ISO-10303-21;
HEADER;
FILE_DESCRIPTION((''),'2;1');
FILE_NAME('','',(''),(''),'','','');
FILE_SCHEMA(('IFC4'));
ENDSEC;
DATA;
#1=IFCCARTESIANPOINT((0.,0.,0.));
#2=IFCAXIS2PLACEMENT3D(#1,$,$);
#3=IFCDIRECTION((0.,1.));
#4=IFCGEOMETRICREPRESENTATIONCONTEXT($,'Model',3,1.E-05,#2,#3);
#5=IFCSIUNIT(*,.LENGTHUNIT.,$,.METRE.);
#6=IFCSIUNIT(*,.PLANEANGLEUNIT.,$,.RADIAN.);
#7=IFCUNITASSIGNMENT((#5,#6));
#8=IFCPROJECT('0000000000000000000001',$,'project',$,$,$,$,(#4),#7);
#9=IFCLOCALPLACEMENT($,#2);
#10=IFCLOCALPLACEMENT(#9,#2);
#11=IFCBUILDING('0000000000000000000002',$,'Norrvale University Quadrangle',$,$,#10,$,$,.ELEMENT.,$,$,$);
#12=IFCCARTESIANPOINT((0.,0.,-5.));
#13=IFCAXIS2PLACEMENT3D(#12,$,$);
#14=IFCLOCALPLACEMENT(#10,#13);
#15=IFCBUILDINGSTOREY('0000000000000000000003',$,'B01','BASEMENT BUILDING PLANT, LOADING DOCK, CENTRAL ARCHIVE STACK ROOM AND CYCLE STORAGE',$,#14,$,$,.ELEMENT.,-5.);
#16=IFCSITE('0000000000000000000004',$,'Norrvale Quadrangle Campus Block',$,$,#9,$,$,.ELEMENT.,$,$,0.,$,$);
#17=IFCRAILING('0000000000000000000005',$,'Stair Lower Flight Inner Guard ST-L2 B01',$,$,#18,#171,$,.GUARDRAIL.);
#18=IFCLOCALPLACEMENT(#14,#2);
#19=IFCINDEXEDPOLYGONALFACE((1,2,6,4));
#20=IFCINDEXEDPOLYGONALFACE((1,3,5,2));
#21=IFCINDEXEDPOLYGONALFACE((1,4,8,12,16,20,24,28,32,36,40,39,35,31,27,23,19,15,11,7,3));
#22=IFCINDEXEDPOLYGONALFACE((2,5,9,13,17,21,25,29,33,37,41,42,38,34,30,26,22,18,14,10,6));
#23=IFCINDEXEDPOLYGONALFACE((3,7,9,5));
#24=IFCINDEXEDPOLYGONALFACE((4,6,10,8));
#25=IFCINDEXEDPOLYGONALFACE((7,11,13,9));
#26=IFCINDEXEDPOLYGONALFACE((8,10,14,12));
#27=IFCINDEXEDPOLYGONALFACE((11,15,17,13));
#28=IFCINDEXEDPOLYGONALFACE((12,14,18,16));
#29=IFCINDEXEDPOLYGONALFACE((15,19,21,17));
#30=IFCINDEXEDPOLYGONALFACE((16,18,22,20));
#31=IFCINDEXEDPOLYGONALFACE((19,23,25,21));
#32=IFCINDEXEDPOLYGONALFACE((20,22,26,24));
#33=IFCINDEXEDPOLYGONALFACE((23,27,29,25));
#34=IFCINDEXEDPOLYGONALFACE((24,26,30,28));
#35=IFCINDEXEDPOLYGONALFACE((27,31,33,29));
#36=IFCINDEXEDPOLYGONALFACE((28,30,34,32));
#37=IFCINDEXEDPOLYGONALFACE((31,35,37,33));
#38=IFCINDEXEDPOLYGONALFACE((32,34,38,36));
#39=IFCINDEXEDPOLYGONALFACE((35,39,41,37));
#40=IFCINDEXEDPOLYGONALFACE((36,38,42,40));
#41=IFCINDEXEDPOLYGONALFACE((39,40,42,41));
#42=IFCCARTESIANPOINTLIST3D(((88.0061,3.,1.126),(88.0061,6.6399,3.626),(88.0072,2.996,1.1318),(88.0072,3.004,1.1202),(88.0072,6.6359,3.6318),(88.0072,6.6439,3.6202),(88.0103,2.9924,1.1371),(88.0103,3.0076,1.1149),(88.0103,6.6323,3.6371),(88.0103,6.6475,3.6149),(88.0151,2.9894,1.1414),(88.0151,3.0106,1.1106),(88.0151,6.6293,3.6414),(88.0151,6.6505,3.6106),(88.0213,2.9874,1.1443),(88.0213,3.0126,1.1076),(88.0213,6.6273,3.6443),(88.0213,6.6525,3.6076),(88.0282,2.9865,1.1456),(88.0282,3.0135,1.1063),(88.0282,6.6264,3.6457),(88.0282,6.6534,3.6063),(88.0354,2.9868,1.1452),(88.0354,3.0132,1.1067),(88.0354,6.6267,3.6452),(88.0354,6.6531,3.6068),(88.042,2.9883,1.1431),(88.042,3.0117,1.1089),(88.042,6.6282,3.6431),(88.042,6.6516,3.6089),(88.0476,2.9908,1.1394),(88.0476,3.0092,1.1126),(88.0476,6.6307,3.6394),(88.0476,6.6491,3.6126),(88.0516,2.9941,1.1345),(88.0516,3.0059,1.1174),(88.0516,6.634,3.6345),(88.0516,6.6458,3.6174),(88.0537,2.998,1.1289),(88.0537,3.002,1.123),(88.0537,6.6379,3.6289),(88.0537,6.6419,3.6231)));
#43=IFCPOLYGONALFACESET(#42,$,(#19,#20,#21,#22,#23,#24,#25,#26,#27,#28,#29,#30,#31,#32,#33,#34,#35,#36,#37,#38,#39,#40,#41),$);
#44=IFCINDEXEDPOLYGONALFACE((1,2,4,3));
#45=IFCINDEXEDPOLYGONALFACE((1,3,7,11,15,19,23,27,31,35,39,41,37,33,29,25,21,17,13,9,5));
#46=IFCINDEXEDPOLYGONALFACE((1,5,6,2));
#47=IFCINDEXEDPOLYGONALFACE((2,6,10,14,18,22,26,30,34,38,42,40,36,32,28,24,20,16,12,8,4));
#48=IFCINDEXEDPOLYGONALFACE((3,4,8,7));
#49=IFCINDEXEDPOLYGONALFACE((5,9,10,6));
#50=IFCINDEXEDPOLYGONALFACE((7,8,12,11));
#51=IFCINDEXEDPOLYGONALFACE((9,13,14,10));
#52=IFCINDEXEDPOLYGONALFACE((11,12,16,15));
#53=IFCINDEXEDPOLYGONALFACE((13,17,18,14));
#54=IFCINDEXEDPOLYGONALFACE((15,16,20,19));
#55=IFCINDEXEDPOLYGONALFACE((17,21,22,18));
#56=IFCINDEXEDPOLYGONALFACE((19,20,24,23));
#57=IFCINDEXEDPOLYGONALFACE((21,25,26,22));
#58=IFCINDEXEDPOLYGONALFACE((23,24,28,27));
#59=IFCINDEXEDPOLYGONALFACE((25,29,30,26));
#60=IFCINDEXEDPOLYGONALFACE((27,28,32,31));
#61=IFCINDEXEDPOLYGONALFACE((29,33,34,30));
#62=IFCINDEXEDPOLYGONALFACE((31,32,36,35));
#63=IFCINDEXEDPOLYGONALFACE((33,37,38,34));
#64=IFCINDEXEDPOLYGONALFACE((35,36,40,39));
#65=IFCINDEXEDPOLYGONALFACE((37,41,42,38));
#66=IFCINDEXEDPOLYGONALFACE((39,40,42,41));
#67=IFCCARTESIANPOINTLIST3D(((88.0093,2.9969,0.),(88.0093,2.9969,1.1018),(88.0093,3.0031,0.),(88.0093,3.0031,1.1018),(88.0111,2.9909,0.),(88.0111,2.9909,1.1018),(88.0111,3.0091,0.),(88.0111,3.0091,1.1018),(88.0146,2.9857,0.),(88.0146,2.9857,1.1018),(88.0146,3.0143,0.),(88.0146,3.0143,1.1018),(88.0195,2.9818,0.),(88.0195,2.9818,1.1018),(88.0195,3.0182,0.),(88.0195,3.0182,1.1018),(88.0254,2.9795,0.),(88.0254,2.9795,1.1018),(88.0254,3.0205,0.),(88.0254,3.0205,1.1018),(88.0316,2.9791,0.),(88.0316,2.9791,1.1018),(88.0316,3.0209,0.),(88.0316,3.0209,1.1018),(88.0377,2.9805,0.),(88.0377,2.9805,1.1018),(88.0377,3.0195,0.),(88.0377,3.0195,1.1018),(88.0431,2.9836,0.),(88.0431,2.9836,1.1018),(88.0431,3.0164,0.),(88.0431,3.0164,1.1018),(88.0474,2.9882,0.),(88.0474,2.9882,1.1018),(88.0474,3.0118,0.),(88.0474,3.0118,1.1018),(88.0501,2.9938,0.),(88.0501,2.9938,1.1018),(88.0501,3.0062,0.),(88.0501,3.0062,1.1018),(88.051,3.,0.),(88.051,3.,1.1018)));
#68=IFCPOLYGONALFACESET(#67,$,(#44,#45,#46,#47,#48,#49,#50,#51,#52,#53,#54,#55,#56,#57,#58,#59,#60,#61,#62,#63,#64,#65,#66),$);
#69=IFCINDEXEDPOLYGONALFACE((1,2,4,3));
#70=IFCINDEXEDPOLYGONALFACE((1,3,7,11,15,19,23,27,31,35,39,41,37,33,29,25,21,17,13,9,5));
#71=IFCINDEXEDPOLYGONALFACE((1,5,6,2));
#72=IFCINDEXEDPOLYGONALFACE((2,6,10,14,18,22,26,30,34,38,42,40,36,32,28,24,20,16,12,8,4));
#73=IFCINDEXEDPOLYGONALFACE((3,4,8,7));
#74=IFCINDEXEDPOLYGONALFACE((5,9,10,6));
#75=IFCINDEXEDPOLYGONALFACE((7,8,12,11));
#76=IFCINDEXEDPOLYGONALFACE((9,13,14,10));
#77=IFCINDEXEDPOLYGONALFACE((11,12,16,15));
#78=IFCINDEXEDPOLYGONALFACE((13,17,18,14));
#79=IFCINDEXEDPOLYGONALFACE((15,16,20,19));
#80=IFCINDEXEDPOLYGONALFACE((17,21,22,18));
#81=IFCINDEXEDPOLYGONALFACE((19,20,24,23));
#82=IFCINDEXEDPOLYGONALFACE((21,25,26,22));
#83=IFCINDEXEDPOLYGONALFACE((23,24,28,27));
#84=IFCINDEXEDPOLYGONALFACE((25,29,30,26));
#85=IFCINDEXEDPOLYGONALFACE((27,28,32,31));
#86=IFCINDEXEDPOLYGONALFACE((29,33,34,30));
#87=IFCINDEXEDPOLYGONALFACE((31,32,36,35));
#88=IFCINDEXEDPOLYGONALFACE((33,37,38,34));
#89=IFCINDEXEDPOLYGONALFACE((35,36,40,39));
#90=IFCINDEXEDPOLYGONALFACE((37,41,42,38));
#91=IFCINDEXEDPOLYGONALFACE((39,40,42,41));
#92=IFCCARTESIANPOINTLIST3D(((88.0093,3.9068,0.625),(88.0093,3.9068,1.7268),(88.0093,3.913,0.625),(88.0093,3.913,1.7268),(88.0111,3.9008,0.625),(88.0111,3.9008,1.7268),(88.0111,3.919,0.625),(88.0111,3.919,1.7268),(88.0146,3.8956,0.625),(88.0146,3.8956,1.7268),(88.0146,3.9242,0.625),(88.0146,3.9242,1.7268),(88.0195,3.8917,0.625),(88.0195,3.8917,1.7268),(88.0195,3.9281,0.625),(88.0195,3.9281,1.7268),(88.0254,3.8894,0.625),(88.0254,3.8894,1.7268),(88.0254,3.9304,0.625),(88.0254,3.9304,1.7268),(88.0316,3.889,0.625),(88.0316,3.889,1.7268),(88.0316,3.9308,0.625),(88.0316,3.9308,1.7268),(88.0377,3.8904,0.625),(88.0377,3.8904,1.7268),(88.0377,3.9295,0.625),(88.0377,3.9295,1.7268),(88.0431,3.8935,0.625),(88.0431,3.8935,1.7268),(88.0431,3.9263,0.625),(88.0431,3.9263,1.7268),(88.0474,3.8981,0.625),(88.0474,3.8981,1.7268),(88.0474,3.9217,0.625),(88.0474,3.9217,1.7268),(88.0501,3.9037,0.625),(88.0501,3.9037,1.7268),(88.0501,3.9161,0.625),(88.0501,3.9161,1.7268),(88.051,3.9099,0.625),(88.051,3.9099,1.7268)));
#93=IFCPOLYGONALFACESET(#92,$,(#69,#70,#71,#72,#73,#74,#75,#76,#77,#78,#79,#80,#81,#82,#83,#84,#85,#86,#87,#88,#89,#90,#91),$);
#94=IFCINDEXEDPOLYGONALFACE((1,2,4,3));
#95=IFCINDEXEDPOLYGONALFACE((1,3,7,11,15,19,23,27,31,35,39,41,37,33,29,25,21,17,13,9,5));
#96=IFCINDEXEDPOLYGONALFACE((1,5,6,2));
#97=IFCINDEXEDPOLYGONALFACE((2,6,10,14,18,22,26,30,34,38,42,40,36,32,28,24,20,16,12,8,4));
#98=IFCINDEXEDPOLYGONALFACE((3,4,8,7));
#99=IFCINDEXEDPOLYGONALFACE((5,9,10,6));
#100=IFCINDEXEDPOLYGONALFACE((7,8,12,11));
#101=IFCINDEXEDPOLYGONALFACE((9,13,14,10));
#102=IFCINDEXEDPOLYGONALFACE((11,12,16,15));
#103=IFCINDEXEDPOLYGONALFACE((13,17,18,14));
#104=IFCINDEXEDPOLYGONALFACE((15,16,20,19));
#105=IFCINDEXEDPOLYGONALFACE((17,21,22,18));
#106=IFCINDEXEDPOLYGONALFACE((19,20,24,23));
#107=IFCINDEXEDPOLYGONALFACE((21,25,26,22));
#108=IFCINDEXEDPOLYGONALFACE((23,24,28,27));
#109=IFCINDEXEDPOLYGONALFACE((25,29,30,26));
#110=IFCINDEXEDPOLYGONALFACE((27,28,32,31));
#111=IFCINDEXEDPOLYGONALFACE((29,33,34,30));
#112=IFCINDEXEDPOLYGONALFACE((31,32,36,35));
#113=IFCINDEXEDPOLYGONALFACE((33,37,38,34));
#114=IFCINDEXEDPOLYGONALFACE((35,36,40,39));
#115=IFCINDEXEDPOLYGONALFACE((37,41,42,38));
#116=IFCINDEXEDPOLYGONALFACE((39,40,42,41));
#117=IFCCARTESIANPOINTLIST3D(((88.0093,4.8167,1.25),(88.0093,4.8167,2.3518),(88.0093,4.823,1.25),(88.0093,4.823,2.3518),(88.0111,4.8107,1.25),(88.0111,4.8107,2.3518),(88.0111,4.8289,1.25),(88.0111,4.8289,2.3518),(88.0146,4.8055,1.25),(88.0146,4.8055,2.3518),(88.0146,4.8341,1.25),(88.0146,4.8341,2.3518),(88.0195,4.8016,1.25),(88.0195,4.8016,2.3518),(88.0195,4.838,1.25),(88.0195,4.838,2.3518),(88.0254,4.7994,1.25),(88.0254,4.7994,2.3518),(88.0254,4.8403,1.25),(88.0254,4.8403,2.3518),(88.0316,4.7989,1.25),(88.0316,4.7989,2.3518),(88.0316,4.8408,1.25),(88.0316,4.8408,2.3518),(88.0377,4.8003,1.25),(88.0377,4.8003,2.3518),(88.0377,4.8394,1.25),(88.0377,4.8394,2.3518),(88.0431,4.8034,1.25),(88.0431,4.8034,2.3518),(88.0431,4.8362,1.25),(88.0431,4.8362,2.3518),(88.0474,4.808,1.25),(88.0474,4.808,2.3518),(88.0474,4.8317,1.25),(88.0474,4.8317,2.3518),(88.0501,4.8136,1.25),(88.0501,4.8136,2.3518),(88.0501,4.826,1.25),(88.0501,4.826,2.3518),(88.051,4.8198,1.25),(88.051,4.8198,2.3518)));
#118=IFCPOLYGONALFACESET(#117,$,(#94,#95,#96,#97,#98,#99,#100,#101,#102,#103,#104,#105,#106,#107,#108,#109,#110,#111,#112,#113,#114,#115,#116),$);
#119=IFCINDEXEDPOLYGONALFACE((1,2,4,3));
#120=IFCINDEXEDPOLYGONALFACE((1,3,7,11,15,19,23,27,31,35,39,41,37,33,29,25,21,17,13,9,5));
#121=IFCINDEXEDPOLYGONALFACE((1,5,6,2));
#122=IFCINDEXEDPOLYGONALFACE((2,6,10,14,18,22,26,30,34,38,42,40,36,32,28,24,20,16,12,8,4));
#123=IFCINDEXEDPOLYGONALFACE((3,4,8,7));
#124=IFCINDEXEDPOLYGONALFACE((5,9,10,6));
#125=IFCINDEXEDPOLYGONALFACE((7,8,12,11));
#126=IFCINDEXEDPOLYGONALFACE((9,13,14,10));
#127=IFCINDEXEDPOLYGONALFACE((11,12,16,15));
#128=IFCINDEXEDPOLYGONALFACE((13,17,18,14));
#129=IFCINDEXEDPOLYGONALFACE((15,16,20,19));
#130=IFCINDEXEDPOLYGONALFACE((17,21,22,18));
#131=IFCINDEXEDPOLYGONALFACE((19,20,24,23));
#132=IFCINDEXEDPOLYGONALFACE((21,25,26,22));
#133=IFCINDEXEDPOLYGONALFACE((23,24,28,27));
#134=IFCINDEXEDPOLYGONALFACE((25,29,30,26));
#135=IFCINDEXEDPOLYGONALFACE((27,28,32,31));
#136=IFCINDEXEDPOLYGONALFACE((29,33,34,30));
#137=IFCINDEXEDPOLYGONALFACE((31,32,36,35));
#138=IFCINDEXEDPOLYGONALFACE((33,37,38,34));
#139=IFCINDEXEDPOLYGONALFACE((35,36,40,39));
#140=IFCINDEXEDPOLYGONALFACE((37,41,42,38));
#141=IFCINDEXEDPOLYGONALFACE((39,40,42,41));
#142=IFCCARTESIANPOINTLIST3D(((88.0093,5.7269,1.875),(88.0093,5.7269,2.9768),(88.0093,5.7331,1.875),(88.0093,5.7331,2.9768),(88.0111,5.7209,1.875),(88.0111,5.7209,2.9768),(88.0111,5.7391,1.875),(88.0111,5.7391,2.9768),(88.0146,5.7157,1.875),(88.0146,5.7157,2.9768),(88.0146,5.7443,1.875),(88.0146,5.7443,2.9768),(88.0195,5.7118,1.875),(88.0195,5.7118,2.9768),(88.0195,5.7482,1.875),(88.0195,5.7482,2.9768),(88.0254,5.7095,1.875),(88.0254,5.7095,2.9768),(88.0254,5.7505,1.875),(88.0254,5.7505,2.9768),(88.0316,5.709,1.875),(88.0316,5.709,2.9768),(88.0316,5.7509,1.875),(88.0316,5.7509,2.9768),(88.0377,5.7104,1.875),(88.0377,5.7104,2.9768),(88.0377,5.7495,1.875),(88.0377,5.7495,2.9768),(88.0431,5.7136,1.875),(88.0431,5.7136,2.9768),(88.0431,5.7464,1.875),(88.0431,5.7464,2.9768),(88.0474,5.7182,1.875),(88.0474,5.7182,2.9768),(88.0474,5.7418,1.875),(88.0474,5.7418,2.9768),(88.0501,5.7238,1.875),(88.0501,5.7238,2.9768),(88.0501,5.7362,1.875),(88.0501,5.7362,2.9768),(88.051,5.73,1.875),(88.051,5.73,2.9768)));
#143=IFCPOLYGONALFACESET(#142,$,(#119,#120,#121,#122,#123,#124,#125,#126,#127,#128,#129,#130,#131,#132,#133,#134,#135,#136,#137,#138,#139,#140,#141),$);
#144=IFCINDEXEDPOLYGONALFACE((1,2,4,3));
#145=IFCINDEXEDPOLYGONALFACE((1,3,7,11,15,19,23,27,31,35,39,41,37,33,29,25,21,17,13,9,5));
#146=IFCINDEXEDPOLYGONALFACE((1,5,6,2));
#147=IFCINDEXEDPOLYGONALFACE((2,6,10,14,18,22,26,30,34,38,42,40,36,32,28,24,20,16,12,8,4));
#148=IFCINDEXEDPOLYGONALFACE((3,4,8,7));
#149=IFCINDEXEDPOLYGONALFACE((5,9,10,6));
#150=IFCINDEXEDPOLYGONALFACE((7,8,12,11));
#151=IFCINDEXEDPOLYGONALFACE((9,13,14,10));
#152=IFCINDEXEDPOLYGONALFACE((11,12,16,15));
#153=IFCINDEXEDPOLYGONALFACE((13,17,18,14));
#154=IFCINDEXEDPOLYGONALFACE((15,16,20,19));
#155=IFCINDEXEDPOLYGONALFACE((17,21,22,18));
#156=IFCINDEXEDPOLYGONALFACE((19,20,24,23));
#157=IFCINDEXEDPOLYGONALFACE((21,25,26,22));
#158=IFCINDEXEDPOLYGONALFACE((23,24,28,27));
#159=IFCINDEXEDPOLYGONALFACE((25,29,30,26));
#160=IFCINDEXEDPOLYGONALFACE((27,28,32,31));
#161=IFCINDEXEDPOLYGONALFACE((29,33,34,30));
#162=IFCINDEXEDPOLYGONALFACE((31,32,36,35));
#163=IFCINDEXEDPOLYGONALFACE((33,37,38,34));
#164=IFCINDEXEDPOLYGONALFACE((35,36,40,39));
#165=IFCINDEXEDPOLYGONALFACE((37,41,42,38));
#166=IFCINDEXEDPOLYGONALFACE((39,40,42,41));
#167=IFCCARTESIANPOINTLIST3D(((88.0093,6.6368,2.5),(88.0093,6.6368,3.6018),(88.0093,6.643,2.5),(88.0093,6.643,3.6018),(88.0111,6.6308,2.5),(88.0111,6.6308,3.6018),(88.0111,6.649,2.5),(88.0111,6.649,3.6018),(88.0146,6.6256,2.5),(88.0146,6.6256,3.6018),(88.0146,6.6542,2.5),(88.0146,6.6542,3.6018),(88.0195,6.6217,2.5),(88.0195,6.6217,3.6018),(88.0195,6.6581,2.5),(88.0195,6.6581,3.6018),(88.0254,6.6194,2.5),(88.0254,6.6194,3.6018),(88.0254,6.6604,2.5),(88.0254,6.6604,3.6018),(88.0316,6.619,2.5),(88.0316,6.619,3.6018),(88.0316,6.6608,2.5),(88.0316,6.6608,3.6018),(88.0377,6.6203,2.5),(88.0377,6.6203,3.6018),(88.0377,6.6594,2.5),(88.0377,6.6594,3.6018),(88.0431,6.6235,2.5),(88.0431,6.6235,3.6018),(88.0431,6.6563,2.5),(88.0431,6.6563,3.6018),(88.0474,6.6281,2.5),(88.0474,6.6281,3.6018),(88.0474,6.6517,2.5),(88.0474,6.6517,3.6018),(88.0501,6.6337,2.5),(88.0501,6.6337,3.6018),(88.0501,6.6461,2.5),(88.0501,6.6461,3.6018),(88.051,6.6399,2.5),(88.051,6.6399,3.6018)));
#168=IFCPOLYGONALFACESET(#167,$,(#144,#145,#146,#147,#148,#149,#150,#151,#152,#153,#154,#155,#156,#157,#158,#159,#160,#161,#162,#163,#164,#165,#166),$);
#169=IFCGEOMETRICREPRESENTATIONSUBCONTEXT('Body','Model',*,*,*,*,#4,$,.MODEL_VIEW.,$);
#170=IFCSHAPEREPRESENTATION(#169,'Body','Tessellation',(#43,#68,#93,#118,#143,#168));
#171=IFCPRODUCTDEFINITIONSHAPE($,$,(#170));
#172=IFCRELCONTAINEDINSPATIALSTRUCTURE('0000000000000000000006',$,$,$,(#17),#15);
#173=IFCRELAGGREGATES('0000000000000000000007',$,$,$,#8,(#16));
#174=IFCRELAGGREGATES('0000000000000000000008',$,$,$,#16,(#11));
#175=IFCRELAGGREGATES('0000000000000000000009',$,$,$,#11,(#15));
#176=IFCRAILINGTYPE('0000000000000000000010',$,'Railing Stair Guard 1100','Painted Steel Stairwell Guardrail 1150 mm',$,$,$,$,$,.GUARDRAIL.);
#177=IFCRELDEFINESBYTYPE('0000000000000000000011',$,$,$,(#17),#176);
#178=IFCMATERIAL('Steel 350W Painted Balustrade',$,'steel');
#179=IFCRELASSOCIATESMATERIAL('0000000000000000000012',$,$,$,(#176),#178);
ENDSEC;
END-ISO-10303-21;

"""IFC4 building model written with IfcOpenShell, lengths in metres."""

from ifc_helpers import new_model, si_unit, direction, frame, origin, origin_2d, place, context, subcontext, project, spatial, circle, extrude, material, type_object, element, save


model = new_model("IFC4")

# Units and contexts
model_context = context("Model", 3, precision=1e-05, world=origin(), true_north=direction((0.0, 1.0)))
body_context = subcontext(model_context, "Body", "Model", "MODEL_VIEW")
ifc_project = project(units=[si_unit("LENGTHUNIT", "METRE"), si_unit("PLANEANGLEUNIT", "RADIAN")], contexts=[model_context])

# Site, building, storey
site_placement = place(None, origin())
site = spatial("IfcSite", under=ifc_project, at=site_placement, Name="Norrvale Quadrangle Campus Block", CompositionType="ELEMENT", RefElevation=0.0)
building_placement = place(site_placement, origin())
building = spatial("IfcBuilding", under=site, at=building_placement, Name="Norrvale University Quadrangle", CompositionType="ELEMENT")
storey_placement = place(building_placement, frame((0.0, 0.0, -5.0)))
storey = spatial("IfcBuildingStorey", under=building, at=storey_placement, Name="B01", Description="BASEMENT BUILDING PLANT, LOADING DOCK, CENTRAL ARCHIVE STACK ROOM AND CYCLE STORAGE", CompositionType="ELEMENT", Elevation=-5.0)

# Railing
ifc_material_1 = material(Name="Steel 350W Painted Balustrade", Category="steel")
railing_type_1 = type_object("IfcRailingType", Name="Railing Stair Guard 1100", Description="Painted Steel Stairwell Guardrail 1150 mm", PredefinedType="GUARDRAIL", material=ifc_material_1)
railing_1_placement = place(storey_placement, frame((88.03, 3.0, 0.0)))
element("IfcRailing", 1, at=railing_1_placement, inside=storey, type_object=railing_type_1, Name="Stair Lower Flight Inner Guard ST-L2 B01", PredefinedType="GUARDRAIL", context=body_context, shape_type="SweptSolid", body=[
    extrude(circle(Radius=0.0239, at=origin_2d()), frame((0.0, 0.0, 1.126), z_axis=(0.0, 0.824298, 0.566156), x_axis=(-1.0, 0.0, 0.0)), (0.0, 0.0, 1.0), 4.4158),
    extrude(circle(Radius=0.021, at=origin_2d()), origin(), (0.0, 0.0, 1.0), 1.1018),
    extrude(circle(Radius=0.021, at=origin_2d()), frame((0.0, 0.9099, 0.625)), (0.0, 0.0, 1.0), 1.1018),
    extrude(circle(Radius=0.021, at=origin_2d()), frame((0.0, 1.8198, 1.25)), (0.0, 0.0, 1.0), 1.1018),
    extrude(circle(Radius=0.021, at=origin_2d()), frame((0.0, 2.73, 1.875)), (0.0, 0.0, 1.0), 1.1018),
    extrude(circle(Radius=0.021, at=origin_2d()), frame((0.0, 3.6399, 2.5)), (0.0, 0.0, 1.0), 1.1018),
])

save(model, "model.ifc")
